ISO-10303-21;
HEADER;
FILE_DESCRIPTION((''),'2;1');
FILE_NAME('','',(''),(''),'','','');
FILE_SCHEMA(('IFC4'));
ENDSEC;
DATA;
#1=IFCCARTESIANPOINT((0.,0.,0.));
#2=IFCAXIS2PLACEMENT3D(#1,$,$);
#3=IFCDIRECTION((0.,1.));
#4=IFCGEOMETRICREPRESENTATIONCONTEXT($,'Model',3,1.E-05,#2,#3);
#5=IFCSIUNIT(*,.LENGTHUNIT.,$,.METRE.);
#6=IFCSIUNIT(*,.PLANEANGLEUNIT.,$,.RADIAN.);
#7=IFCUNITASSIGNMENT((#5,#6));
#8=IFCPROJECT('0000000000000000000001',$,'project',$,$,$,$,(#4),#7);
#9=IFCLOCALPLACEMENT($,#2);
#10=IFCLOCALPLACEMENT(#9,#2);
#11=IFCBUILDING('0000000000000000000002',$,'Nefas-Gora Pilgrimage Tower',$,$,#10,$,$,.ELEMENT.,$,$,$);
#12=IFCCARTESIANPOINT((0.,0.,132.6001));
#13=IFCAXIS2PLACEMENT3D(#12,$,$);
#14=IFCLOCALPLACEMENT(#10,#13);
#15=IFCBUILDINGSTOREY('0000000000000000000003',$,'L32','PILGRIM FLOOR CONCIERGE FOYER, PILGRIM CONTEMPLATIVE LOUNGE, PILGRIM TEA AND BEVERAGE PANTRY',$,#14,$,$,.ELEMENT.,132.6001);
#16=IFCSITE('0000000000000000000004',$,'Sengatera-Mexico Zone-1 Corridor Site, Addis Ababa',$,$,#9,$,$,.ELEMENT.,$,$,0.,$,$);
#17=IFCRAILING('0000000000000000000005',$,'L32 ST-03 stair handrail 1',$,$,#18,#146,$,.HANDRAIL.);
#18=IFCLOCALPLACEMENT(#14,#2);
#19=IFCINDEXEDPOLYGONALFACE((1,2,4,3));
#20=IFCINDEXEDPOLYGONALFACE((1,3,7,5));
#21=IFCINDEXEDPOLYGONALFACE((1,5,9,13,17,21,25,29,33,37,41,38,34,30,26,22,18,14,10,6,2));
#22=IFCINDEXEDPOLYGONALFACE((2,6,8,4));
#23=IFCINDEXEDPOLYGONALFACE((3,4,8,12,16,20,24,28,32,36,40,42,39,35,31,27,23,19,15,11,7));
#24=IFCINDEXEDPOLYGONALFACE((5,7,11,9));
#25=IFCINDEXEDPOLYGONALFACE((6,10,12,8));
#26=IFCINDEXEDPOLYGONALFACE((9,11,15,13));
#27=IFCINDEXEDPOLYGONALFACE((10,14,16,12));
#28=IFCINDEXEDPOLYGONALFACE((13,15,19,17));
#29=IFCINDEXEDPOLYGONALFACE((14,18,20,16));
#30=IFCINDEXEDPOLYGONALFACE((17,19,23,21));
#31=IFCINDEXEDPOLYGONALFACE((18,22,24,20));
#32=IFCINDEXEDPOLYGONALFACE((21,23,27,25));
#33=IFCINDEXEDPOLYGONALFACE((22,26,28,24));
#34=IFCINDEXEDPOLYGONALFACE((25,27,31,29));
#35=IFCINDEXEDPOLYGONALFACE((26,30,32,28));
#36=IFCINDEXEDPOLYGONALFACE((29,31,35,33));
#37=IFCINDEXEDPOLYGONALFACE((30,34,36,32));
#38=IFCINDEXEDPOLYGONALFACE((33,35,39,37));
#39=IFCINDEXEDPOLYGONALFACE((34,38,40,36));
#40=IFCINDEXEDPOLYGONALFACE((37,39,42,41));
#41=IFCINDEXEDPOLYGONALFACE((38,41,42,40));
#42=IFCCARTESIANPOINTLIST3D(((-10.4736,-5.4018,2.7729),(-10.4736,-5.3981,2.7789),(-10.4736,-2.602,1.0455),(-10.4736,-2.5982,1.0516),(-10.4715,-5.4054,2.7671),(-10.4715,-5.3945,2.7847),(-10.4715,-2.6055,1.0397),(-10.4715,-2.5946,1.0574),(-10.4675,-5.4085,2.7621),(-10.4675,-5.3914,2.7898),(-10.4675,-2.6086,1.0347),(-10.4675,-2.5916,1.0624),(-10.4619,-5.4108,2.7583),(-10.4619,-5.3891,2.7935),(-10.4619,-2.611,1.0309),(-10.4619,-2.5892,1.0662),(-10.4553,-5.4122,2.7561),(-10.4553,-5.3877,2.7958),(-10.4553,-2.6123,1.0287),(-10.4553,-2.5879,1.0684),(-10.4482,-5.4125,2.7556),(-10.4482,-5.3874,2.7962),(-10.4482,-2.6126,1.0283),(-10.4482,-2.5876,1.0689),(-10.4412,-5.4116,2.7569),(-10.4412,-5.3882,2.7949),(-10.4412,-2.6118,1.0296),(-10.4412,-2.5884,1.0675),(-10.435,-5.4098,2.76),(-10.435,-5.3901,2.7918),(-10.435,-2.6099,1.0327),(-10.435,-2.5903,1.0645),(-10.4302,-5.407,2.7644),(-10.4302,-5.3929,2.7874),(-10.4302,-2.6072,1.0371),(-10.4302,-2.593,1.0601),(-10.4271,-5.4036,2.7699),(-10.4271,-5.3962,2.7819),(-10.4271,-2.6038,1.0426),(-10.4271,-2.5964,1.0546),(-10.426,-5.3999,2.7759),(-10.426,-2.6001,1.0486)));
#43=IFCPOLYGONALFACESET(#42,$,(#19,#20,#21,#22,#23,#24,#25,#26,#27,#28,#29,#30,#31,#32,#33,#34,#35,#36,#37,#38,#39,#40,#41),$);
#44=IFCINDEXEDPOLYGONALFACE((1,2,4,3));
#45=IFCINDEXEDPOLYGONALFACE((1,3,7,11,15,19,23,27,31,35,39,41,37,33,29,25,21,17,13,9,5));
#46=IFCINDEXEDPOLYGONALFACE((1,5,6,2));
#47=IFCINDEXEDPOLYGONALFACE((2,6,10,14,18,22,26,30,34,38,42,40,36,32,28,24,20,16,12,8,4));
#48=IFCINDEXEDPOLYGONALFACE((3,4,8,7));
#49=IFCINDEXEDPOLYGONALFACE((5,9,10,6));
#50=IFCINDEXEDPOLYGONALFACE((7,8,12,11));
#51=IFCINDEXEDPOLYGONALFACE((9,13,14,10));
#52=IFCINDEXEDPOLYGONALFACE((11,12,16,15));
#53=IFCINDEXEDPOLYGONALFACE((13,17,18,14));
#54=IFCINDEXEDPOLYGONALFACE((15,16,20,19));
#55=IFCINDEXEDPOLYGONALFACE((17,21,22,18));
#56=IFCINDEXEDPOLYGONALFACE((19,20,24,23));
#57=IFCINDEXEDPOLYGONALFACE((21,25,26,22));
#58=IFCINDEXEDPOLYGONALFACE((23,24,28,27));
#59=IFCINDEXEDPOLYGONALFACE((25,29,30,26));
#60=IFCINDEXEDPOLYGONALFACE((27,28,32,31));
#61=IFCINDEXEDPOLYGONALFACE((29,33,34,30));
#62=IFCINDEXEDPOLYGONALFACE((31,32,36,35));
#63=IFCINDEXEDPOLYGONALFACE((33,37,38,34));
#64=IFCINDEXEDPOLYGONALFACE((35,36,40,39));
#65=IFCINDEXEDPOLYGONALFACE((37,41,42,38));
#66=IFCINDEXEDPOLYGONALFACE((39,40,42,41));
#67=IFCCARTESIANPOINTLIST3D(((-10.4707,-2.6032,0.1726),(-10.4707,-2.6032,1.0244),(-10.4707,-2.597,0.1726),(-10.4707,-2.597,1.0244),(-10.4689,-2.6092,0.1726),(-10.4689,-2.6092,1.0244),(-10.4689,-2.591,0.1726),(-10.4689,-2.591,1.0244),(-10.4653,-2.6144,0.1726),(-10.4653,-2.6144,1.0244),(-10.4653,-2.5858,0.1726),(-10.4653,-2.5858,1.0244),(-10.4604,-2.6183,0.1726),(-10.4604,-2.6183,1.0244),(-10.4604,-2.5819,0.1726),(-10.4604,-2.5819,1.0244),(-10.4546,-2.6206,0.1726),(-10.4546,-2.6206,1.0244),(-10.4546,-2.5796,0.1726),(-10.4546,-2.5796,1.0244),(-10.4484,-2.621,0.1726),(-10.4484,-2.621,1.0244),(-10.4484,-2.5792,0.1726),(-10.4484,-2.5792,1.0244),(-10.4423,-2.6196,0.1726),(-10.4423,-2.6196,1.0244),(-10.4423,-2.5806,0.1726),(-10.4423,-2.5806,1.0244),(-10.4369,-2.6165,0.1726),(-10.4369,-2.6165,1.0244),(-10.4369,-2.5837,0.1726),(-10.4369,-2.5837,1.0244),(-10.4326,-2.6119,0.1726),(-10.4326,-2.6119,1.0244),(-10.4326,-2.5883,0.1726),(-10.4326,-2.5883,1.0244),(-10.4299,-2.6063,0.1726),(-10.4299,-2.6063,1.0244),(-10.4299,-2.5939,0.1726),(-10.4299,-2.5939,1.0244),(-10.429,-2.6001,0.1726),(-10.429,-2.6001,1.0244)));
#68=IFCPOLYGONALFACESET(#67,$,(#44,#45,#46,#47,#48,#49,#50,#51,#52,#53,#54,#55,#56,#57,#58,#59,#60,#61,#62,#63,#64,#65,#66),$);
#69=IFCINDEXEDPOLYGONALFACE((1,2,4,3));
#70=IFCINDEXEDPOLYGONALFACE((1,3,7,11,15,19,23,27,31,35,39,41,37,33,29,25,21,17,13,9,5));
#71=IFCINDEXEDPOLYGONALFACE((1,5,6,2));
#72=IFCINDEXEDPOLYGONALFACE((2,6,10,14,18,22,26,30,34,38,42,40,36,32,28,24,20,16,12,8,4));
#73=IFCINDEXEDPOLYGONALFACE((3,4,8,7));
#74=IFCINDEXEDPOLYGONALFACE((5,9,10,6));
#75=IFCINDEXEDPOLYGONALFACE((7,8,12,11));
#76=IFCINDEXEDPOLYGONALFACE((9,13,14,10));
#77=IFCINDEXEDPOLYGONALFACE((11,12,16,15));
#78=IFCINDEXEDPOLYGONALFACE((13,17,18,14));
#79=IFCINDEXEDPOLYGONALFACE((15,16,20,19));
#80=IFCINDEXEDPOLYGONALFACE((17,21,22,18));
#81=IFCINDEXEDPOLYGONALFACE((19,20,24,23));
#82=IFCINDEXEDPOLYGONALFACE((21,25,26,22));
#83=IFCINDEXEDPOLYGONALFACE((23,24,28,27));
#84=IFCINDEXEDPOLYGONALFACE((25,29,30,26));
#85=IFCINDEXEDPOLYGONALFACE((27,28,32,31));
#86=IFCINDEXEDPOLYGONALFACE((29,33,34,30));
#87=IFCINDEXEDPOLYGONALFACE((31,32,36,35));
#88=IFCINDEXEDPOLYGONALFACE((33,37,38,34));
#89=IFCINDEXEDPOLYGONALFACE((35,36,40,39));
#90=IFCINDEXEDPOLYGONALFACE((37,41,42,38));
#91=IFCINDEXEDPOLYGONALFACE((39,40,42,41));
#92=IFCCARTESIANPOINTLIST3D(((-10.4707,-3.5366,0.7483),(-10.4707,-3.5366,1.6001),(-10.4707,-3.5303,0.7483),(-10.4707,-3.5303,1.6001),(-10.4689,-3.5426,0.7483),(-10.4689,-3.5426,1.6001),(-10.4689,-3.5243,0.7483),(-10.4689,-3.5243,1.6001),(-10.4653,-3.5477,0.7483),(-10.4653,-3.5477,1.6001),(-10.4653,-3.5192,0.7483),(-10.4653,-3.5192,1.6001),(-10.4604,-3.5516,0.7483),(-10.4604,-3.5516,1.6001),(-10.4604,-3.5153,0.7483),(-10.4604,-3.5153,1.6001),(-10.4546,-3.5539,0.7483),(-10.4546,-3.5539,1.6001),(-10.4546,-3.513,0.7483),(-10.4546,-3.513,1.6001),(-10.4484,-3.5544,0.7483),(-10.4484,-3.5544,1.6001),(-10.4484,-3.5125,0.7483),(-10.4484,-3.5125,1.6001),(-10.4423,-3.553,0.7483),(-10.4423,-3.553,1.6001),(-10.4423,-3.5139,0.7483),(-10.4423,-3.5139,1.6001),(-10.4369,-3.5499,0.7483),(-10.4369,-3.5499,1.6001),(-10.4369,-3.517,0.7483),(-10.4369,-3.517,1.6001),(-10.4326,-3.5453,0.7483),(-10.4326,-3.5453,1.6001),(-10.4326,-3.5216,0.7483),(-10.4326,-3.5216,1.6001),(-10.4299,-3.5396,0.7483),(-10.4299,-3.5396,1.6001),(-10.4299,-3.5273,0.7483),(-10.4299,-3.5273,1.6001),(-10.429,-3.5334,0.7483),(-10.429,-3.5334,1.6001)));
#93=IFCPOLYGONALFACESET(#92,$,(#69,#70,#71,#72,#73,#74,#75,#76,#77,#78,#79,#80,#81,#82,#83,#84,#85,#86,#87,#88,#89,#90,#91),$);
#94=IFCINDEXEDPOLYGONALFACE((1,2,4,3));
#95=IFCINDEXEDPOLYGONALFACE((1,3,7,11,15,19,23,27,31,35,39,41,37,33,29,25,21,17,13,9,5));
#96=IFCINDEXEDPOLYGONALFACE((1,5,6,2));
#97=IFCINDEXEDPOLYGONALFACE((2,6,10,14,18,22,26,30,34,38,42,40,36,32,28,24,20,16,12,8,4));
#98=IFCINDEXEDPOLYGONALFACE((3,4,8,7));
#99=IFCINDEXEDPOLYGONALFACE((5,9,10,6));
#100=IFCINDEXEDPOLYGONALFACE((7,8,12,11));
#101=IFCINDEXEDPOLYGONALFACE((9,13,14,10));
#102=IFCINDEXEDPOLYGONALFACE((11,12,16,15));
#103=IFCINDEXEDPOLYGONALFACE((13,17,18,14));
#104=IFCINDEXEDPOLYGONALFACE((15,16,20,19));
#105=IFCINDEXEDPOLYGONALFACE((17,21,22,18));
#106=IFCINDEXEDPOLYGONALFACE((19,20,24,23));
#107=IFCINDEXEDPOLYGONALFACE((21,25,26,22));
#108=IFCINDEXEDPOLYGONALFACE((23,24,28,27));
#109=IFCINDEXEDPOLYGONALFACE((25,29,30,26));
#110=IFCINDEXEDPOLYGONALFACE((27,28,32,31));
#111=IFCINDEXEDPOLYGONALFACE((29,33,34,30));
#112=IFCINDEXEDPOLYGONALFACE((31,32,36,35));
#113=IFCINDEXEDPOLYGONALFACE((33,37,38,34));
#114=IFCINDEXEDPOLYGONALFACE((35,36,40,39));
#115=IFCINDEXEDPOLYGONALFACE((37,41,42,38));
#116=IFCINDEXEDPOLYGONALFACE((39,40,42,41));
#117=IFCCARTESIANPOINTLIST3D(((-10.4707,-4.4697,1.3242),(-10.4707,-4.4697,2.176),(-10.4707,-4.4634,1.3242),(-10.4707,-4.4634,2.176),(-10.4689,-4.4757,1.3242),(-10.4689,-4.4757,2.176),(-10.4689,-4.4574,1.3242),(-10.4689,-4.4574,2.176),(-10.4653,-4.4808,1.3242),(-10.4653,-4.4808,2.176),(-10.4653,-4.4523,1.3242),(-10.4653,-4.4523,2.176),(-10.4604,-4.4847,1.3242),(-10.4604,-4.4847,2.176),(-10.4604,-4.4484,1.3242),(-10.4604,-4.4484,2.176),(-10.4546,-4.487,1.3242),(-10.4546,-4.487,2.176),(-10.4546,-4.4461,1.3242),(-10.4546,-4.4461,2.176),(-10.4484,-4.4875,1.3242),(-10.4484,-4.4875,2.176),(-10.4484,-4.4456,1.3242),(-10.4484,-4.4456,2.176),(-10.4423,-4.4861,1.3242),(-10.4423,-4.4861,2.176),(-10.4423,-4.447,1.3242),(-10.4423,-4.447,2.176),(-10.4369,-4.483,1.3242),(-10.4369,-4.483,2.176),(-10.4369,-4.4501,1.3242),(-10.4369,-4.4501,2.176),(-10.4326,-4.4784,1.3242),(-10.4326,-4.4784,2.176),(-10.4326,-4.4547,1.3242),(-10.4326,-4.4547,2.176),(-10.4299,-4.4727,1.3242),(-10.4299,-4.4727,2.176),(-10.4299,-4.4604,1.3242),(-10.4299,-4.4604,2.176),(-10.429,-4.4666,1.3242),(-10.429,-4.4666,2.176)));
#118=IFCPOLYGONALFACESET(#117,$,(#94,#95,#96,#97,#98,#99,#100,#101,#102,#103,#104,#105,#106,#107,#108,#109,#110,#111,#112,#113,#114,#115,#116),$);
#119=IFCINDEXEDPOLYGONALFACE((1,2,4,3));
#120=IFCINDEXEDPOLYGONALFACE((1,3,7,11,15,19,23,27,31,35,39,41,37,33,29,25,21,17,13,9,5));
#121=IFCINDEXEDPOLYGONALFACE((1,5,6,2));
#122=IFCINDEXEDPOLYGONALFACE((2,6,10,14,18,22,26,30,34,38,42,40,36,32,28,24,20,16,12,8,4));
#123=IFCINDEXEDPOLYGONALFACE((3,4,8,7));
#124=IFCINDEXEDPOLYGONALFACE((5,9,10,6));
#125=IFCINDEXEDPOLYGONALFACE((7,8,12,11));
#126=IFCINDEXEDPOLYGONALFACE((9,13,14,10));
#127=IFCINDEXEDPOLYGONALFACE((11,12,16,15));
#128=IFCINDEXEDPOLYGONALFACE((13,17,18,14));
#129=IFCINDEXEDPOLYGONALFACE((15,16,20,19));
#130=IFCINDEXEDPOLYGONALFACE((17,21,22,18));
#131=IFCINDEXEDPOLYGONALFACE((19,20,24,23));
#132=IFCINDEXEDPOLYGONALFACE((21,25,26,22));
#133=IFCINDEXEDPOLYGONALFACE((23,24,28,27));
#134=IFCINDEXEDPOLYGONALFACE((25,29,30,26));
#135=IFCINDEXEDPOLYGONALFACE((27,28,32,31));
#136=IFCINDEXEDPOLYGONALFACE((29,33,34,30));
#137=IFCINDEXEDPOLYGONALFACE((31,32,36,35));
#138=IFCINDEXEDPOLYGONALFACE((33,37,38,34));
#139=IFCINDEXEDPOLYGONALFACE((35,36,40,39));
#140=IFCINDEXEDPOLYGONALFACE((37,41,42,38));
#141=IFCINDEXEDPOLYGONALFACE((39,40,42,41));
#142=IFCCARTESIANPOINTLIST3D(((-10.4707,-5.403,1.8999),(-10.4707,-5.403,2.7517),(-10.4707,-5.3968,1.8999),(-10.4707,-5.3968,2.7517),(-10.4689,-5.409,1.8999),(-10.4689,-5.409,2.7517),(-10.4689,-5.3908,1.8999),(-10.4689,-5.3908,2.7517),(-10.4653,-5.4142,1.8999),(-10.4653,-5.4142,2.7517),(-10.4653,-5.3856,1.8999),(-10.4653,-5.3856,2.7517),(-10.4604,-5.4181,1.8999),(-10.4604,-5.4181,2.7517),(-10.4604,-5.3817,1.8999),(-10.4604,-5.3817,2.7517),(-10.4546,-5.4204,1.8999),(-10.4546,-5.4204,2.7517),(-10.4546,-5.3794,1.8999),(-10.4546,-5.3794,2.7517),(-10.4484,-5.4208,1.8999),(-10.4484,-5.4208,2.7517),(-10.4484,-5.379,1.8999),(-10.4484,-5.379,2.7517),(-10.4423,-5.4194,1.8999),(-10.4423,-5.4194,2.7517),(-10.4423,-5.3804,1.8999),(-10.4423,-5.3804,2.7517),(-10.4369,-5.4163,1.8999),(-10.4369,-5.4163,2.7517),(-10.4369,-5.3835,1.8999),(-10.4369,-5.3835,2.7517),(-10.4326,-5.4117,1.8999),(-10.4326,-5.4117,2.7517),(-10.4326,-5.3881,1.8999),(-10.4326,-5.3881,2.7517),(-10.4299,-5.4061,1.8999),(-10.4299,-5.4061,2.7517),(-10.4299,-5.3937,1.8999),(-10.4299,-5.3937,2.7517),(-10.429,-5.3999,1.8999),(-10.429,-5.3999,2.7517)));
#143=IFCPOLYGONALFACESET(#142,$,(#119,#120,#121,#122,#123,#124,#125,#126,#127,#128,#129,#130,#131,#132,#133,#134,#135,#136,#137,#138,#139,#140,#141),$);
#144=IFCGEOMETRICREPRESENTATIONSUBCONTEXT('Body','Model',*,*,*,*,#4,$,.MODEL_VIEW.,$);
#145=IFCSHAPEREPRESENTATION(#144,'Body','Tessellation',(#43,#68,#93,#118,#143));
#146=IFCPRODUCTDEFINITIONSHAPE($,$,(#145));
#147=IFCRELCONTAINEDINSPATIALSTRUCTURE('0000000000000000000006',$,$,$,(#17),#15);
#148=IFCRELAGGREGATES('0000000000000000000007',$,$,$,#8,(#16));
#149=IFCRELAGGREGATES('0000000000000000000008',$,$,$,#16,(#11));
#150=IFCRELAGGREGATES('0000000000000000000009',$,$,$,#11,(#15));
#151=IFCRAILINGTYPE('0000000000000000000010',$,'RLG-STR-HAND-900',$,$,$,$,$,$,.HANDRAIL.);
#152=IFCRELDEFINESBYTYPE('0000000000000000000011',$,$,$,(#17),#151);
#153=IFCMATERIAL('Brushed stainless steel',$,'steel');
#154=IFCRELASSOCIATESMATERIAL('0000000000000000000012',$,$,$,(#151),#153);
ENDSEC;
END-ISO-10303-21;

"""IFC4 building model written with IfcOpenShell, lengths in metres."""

from ifc_helpers import new_model, si_unit, direction, frame, origin, origin_2d, place, context, subcontext, project, spatial, circle, extrude, material, type_object, element, save


model = new_model("IFC4")

# Units and contexts
model_context = context("Model", 3, precision=1e-05, world=origin(), true_north=direction((0.0, 1.0)))
body_context = subcontext(model_context, "Body", "Model", "MODEL_VIEW")
ifc_project = project(units=[si_unit("LENGTHUNIT", "METRE"), si_unit("PLANEANGLEUNIT", "RADIAN")], contexts=[model_context])

# Site, building, storey
site_placement = place(None, origin())
site = spatial("IfcSite", under=ifc_project, at=site_placement, Name="Sengatera-Mexico Zone-1 Corridor Site, Addis Ababa", CompositionType="ELEMENT", RefElevation=0.0)
building_placement = place(site_placement, origin())
building = spatial("IfcBuilding", under=site, at=building_placement, Name="Nefas-Gora Pilgrimage Tower", CompositionType="ELEMENT")
storey_placement = place(building_placement, frame((0.0, 0.0, 132.6001)))
storey = spatial("IfcBuildingStorey", under=building, at=storey_placement, Name="L32", Description="PILGRIM FLOOR CONCIERGE FOYER, PILGRIM CONTEMPLATIVE LOUNGE, PILGRIM TEA AND BEVERAGE PANTRY", CompositionType="ELEMENT", Elevation=132.6001)

# Railing
ifc_material_1 = material(Name="Brushed stainless steel", Category="steel")
railing_type_1 = type_object("IfcRailingType", Name="RLG-STR-HAND-900", PredefinedType="HANDRAIL", material=ifc_material_1)
railing_1_placement = place(storey_placement, frame((-10.45, -2.6001, 0.1726)))
element("IfcRailing", 1, at=railing_1_placement, inside=storey, type_object=railing_type_1, Name="L32 ST-03 stair handrail 1", PredefinedType="HANDRAIL", context=body_context, shape_type="SweptSolid", body=[
    extrude(circle(Radius=0.0239, at=origin_2d()), frame((0.0, 0.0, 0.876), z_axis=(0.0, -0.851069, 0.525054), x_axis=(1.0, 0.0, 0.0)), (0.0, 0.0, 1.0), 3.2898),
    extrude(circle(Radius=0.021, at=origin_2d()), origin(), (0.0, 0.0, 1.0), 0.8518),
    extrude(circle(Radius=0.021, at=origin_2d()), frame((0.0, -0.9333, 0.5757)), (0.0, 0.0, 1.0), 0.8518),
    extrude(circle(Radius=0.021, at=origin_2d()), frame((0.0, -1.8665, 1.1516)), (0.0, 0.0, 1.0), 0.8518),
    extrude(circle(Radius=0.021, at=origin_2d()), frame((0.0, -2.7998, 1.7273)), (0.0, 0.0, 1.0), 0.8518),
])

save(model, "model.ifc")
